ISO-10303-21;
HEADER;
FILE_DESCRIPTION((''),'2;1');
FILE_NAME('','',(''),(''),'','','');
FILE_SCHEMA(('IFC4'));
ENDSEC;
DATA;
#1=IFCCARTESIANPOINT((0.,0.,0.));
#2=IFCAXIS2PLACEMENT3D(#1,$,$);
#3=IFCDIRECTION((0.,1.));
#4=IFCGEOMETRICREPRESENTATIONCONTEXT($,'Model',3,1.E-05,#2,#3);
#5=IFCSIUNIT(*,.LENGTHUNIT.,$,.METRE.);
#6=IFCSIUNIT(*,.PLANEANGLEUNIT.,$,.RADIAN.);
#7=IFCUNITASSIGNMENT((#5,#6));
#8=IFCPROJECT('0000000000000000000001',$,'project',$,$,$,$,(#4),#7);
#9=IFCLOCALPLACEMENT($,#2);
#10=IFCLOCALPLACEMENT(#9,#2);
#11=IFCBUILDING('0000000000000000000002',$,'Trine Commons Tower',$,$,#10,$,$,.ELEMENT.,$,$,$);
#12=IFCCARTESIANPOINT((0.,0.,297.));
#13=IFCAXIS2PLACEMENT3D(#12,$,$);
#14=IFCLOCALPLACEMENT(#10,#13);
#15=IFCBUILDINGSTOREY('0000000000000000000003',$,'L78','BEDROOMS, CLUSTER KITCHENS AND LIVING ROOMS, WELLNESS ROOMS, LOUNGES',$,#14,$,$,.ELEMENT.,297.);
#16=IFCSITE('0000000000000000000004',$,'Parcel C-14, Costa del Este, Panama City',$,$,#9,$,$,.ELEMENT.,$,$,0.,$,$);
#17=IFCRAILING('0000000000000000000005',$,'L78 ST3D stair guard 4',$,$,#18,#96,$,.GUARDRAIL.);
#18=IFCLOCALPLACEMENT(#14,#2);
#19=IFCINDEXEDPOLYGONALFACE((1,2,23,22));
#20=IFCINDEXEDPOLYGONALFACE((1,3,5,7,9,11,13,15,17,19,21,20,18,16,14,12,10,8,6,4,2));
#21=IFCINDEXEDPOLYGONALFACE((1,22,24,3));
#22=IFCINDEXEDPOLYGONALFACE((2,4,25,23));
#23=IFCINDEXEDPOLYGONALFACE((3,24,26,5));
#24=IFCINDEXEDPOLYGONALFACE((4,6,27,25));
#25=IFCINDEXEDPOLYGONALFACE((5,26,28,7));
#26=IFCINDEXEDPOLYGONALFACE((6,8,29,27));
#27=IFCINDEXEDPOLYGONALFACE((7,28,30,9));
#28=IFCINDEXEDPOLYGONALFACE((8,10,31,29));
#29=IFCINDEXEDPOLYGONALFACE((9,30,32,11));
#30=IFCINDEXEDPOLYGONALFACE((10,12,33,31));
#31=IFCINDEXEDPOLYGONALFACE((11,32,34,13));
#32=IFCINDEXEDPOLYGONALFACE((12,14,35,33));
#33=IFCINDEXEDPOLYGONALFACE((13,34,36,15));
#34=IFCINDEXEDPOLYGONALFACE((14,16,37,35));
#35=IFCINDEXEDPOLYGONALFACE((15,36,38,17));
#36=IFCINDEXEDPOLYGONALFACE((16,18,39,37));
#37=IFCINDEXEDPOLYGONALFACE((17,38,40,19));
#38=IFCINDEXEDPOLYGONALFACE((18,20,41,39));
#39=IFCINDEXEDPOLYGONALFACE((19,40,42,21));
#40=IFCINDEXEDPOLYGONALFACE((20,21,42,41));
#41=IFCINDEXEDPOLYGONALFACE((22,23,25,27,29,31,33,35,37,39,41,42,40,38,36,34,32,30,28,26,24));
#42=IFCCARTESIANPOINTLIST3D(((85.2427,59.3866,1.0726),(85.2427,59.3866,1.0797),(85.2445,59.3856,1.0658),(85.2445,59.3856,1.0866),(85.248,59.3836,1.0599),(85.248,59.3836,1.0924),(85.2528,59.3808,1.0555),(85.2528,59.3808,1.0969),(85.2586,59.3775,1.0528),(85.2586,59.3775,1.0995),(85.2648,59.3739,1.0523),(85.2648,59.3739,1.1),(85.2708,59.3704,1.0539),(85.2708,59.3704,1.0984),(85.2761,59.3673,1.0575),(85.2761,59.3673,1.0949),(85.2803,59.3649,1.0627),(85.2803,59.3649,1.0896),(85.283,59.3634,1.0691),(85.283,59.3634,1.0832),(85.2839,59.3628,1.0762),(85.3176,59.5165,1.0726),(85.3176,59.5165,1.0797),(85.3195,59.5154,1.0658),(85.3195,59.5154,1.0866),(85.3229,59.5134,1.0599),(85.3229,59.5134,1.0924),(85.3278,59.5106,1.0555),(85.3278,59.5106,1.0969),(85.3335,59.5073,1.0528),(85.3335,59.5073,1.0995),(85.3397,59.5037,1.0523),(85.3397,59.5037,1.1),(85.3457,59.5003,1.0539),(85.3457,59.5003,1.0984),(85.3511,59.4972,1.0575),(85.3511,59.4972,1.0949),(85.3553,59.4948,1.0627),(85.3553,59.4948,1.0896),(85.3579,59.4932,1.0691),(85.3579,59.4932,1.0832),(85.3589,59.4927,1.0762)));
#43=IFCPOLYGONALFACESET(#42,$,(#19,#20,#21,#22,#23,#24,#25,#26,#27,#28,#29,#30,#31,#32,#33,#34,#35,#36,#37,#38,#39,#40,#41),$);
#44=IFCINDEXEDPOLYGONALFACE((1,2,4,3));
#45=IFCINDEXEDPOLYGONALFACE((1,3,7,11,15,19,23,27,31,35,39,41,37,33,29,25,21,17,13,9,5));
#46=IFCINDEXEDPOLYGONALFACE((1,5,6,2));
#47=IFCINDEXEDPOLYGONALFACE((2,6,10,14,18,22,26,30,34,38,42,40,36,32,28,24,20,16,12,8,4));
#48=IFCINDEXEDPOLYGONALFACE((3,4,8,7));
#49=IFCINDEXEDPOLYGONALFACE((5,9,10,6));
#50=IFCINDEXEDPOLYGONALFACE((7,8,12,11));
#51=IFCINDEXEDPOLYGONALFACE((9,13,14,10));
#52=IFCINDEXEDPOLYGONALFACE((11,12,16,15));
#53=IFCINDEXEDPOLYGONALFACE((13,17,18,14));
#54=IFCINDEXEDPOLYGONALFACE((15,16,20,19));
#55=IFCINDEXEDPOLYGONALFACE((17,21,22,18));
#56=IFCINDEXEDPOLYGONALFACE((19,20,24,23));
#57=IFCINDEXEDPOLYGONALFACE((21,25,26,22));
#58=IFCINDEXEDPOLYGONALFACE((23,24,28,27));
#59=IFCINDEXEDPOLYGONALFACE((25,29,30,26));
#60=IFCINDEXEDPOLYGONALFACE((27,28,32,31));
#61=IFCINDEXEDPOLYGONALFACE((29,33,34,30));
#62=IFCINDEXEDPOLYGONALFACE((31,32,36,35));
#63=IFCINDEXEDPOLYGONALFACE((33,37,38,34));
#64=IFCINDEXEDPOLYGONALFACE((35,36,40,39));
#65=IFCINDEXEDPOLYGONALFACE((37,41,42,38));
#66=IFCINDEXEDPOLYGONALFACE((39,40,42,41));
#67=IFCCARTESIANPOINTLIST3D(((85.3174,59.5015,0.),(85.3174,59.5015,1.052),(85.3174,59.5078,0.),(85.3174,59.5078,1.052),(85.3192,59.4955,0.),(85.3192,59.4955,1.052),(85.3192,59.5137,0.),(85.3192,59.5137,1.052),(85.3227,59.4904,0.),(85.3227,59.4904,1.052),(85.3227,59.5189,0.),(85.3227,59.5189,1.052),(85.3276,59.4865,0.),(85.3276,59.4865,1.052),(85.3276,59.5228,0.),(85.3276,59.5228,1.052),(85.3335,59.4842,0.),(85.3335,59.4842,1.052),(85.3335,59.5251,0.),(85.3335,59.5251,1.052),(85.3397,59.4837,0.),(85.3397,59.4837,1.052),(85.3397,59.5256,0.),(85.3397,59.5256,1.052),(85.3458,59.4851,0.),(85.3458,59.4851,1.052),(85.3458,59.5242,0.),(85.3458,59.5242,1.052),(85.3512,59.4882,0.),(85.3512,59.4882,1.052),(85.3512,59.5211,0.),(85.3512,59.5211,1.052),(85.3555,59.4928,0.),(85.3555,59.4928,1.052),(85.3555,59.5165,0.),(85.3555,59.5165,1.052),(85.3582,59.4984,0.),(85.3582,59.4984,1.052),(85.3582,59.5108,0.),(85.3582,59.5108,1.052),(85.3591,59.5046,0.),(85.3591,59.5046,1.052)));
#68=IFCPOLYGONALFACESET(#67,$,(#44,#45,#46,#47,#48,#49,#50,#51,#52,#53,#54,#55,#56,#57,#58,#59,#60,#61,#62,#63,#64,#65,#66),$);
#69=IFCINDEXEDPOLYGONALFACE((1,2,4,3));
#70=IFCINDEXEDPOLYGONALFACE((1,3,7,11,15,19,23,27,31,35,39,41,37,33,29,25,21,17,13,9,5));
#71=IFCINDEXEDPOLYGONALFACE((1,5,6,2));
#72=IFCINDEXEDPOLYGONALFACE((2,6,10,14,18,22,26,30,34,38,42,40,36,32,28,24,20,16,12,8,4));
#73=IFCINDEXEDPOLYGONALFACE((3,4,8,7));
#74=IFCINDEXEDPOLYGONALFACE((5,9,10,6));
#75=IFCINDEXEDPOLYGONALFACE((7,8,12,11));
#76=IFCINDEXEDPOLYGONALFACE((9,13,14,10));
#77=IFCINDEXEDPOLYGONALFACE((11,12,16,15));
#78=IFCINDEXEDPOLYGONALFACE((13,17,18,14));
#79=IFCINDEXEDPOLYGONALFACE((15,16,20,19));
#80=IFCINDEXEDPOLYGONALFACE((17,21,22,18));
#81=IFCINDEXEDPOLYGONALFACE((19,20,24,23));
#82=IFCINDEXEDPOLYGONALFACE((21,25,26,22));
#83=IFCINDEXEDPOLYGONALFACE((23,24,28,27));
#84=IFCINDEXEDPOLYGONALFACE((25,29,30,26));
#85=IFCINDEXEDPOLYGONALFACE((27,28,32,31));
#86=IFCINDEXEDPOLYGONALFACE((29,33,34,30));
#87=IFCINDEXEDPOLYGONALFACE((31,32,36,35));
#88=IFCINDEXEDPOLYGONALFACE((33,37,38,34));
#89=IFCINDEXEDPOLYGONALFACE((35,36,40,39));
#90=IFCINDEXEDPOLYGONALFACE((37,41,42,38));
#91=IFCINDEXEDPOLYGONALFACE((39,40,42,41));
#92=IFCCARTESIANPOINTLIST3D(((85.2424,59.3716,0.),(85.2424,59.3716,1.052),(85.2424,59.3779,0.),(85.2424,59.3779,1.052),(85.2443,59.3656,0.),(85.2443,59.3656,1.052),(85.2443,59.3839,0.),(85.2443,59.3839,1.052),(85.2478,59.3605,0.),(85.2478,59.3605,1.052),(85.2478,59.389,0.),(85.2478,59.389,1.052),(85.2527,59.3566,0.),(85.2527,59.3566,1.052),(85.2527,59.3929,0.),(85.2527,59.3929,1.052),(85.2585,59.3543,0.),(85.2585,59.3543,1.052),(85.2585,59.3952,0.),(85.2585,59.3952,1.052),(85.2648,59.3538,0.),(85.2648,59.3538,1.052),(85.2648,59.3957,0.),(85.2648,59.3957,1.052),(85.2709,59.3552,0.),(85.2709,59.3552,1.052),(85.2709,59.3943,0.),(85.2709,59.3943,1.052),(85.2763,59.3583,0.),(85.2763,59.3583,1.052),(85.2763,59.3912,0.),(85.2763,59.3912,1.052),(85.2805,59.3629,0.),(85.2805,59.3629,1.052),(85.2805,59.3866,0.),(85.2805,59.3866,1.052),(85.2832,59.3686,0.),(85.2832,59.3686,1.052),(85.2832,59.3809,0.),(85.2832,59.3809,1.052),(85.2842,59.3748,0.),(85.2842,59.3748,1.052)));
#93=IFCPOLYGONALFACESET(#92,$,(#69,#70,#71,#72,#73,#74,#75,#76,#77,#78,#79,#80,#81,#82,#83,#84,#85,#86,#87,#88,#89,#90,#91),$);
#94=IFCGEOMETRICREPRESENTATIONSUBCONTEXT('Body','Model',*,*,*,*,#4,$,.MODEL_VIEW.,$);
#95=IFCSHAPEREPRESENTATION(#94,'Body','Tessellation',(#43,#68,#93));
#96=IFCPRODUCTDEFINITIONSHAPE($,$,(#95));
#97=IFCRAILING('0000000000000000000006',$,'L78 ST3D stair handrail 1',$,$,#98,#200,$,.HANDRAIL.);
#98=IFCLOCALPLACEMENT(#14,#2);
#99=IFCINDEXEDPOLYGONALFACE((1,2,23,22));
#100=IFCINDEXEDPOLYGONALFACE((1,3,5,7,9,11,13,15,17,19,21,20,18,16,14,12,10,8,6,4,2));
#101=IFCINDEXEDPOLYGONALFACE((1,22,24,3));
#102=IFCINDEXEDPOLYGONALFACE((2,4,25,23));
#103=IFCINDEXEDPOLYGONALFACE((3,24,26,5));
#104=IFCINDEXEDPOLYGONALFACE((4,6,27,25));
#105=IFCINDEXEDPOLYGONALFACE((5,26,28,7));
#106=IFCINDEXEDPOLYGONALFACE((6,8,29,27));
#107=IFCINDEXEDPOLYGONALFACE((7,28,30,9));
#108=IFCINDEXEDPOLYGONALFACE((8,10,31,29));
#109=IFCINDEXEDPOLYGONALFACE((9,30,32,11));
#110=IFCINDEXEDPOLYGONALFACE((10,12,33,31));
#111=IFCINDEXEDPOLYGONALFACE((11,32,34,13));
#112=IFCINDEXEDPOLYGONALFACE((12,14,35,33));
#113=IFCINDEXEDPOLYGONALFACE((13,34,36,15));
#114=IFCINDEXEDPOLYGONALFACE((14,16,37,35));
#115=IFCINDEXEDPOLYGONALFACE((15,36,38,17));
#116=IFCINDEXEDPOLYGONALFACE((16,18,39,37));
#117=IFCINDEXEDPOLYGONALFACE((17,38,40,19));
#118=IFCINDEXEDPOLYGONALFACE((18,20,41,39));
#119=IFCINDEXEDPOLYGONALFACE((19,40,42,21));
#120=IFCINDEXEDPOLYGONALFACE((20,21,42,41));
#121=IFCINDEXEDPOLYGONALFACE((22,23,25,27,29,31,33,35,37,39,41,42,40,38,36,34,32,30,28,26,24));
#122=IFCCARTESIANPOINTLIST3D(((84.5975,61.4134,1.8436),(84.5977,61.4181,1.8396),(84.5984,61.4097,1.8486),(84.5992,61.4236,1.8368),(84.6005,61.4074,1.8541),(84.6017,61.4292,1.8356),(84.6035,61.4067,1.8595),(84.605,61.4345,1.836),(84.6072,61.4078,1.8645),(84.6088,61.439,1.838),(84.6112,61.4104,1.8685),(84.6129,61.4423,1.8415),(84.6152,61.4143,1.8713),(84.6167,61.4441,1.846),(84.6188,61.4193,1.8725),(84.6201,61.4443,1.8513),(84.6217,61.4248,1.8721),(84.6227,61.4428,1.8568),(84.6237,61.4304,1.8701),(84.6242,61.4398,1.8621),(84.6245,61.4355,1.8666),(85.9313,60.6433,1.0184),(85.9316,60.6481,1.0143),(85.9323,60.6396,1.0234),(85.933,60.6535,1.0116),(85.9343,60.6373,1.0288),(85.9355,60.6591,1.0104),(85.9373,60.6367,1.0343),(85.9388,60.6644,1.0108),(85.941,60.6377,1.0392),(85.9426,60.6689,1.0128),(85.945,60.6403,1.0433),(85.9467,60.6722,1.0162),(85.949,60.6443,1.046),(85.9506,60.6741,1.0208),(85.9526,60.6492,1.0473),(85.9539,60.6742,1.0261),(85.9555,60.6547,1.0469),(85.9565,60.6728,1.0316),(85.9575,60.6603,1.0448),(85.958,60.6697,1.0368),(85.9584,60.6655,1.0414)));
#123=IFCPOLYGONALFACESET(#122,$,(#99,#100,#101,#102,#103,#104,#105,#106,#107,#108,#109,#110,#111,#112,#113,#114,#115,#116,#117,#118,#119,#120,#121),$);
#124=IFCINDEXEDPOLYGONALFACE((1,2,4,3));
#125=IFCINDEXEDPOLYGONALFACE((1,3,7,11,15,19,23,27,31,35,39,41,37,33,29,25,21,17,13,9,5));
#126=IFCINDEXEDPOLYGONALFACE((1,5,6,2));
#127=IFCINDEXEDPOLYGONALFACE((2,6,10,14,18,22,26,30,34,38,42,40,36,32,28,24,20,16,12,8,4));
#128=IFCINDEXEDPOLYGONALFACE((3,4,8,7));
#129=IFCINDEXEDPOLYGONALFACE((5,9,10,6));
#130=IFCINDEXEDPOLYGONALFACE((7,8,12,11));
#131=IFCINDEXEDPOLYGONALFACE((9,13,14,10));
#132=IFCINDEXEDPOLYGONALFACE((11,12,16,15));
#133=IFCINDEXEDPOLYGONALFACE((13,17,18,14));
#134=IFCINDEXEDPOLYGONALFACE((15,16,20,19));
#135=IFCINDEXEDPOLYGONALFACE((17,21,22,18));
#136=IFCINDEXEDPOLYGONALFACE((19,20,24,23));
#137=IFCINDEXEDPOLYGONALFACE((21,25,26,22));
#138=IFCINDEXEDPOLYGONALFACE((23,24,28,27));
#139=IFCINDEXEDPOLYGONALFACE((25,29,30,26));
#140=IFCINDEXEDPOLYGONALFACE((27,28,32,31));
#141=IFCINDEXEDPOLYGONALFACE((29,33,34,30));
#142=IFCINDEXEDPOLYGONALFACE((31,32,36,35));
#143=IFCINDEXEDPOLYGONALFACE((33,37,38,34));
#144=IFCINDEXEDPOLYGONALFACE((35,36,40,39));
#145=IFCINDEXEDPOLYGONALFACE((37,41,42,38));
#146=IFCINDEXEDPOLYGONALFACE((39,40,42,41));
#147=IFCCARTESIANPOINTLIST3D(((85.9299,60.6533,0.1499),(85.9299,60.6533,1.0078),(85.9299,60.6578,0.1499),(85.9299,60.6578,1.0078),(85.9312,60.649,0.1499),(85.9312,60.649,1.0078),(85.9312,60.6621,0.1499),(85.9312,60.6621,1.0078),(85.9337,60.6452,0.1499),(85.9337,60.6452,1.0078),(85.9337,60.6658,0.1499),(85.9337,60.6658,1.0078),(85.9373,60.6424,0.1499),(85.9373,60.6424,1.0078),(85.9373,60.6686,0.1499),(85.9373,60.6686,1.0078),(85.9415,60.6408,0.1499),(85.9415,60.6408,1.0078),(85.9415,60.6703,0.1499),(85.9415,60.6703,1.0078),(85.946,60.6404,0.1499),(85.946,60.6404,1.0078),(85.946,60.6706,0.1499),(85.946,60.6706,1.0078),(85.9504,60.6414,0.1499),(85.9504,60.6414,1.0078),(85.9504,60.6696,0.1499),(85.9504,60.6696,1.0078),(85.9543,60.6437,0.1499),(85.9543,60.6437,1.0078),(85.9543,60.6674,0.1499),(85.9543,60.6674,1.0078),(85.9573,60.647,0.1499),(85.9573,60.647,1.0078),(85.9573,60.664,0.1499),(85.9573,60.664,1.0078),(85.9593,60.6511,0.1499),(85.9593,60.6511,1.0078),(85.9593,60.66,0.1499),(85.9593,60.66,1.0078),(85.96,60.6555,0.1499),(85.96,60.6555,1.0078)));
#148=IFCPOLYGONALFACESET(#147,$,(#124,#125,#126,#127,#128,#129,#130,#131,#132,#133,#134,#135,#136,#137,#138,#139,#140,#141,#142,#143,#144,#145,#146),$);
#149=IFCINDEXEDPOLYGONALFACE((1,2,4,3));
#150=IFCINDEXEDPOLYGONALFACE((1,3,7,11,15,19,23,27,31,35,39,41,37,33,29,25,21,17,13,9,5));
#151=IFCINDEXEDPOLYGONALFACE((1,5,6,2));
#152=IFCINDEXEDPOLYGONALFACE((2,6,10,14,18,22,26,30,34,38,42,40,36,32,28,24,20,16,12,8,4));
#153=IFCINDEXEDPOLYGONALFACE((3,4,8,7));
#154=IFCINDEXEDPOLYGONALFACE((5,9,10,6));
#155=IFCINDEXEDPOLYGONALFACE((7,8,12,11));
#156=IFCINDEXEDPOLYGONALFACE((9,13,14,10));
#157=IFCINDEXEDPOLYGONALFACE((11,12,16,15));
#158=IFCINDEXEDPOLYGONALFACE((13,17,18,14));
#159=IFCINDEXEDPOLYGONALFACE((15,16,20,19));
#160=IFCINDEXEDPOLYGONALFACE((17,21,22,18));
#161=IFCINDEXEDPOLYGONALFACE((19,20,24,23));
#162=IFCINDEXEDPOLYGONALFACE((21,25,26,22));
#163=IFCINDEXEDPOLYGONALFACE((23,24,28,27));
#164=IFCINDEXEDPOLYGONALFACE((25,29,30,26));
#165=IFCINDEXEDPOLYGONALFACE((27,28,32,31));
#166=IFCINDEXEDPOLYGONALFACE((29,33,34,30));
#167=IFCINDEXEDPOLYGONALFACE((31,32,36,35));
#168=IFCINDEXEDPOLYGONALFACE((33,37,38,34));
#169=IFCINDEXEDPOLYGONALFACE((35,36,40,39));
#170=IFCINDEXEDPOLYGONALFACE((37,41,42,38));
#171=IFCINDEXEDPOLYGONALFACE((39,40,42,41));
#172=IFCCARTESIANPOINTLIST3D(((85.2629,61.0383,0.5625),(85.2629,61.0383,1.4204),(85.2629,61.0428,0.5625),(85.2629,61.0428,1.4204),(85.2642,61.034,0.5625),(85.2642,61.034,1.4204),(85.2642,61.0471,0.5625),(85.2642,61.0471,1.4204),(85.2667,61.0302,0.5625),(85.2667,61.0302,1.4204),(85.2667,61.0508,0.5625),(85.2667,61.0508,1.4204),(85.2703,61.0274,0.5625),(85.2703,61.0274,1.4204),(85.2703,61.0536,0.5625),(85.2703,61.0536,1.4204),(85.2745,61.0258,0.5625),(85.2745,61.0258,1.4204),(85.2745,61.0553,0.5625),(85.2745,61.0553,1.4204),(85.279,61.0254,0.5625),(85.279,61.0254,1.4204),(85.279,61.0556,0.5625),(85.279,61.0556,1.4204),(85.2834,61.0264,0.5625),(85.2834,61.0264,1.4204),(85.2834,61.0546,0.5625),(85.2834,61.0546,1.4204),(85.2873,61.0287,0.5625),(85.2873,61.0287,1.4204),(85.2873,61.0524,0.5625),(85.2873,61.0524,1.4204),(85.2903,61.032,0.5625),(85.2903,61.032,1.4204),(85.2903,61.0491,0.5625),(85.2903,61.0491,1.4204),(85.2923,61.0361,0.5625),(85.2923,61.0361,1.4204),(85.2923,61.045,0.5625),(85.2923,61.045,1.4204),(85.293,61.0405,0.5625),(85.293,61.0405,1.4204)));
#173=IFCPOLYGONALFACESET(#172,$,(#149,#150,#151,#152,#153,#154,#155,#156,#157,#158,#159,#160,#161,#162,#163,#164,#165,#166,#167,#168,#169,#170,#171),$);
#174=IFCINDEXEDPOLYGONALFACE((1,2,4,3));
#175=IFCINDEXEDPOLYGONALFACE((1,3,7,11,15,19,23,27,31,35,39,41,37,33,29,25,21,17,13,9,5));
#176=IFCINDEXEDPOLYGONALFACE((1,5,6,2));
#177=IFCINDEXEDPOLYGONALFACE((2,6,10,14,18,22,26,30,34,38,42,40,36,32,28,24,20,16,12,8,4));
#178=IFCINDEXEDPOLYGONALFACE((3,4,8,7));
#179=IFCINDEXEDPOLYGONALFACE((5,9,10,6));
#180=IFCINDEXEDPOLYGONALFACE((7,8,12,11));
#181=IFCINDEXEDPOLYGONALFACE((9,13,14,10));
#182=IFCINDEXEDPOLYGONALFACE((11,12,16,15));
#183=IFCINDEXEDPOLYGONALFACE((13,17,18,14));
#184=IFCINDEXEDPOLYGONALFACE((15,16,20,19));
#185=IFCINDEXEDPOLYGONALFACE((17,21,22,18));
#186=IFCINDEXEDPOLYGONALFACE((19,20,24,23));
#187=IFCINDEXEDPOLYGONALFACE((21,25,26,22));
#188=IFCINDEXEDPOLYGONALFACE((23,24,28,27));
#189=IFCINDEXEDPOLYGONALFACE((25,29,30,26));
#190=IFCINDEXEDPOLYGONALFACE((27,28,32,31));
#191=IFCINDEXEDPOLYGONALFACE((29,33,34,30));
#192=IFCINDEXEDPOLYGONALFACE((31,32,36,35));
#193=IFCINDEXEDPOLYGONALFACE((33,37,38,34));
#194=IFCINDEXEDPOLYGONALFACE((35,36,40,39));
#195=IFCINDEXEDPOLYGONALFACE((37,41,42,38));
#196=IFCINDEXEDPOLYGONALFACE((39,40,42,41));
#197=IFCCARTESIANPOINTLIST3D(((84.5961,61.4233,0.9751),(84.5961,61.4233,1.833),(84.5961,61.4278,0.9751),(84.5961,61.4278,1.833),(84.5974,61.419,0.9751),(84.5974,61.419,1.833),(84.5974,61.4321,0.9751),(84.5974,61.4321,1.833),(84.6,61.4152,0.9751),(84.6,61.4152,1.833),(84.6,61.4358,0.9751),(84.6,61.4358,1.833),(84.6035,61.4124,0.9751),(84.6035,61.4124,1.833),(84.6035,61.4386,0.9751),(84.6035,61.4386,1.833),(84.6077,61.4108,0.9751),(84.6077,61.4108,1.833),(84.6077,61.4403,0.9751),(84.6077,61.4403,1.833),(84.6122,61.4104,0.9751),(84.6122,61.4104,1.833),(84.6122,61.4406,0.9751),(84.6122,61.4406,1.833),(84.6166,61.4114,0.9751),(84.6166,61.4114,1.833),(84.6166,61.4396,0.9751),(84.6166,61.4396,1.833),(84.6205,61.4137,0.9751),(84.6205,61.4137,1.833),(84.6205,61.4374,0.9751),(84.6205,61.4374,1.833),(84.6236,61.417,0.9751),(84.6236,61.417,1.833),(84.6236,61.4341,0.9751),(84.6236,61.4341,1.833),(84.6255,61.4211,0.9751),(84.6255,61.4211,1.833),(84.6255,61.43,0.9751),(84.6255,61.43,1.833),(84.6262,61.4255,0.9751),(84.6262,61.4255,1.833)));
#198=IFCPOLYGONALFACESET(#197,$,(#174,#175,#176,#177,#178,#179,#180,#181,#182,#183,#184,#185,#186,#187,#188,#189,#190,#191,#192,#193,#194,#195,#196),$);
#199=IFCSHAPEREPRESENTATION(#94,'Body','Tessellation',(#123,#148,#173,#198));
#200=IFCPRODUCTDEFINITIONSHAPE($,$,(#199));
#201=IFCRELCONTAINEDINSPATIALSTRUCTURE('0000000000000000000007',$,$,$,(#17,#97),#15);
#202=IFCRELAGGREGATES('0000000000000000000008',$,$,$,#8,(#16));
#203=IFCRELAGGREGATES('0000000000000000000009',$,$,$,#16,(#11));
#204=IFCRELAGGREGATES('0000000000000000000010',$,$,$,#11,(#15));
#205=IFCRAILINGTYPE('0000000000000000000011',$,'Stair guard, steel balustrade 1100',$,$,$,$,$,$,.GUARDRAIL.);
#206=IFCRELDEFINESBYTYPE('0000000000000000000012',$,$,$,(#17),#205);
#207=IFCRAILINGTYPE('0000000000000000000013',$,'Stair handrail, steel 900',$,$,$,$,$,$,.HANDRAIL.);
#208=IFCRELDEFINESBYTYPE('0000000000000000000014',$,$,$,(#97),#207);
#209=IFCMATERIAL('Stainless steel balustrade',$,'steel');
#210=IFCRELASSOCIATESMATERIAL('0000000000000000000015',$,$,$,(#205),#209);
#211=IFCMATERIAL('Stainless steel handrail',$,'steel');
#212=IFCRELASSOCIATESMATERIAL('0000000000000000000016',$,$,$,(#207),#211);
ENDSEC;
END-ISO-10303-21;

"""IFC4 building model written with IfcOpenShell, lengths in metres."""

from ifc_helpers import new_model, si_unit, direction, frame, origin, origin_2d, place, context, subcontext, project, spatial, circle, extrude, material, type_object, element, save


model = new_model("IFC4")

# Units and contexts
model_context = context("Model", 3, precision=1e-05, world=origin(), true_north=direction((0.0, 1.0)))
body_context = subcontext(model_context, "Body", "Model", "MODEL_VIEW")
ifc_project = project(units=[si_unit("LENGTHUNIT", "METRE"), si_unit("PLANEANGLEUNIT", "RADIAN")], contexts=[model_context])

# Site, building, storey
site_placement = place(None, origin())
site = spatial("IfcSite", under=ifc_project, at=site_placement, Name="Parcel C-14, Costa del Este, Panama City", CompositionType="ELEMENT", RefElevation=0.0)
building_placement = place(site_placement, origin())
building = spatial("IfcBuilding", under=site, at=building_placement, Name="Trine Commons Tower", CompositionType="ELEMENT")
storey_placement = place(building_placement, frame((0.0, 0.0, 297.0)))
storey = spatial("IfcBuildingStorey", under=building, at=storey_placement, Name="L78", Description="BEDROOMS, CLUSTER KITCHENS AND LIVING ROOMS, WELLNESS ROOMS, LOUNGES", CompositionType="ELEMENT", Elevation=297.0)

# Railings
ifc_material_1 = material(Name="Stainless steel balustrade", Category="steel")
railing_type_1 = type_object("IfcRailingType", Name="Stair guard, steel balustrade 1100", PredefinedType="GUARDRAIL", material=ifc_material_1)
railing_1_placement = place(storey_placement, frame((85.3381, 59.5046, 0.0)))
element("IfcRailing", 1, at=railing_1_placement, inside=storey, type_object=railing_type_1, Name="L78 ST3D stair guard 4", PredefinedType="GUARDRAIL", context=body_context, shape_type="SweptSolid", body=[
    extrude(circle(Radius=0.0239, at=origin_2d()), frame((0.0, 0.0, 1.0762), z_axis=(-0.499816, -0.866131, 0.0), x_axis=(0.866131, -0.499816, 0.0)), (0.0, 0.0, 1.0), 0.1499),
    extrude(circle(Radius=0.021, at=origin_2d()), origin(), (0.0, 0.0, 1.0), 1.052),
    extrude(circle(Radius=0.021, at=origin_2d()), frame((-0.075, -0.1299, 0.0)), (0.0, 0.0, 1.0), 1.052),
])
ifc_material_2 = material(Name="Stainless steel handrail", Category="steel")
railing_type_2 = type_object("IfcRailingType", Name="Stair handrail, steel 900", PredefinedType="HANDRAIL", material=ifc_material_2)
railing_2_placement = place(storey_placement, frame((85.9448, 60.6555, 0.1499)))
element("IfcRailing", 2, at=railing_2_placement, inside=storey, type_object=railing_type_2, Name="L78 ST3D stair handrail 1", PredefinedType="HANDRAIL", context=body_context, shape_type="SweptSolid", body=[
    extrude(circle(Radius=0.021, at=origin_2d()), frame((0.0, 0.0, 0.8789), z_axis=(-0.763355, 0.440714, 0.472293), x_axis=(-0.499992, -0.86603, 0.0)), (0.0, 0.0, 1.0), 1.7473),
    extrude(circle(Radius=0.0151, at=origin_2d()), origin(), (0.0, 0.0, 1.0), 0.8579),
    extrude(circle(Radius=0.0151, at=origin_2d()), frame((-0.667, 0.385, 0.4126)), (0.0, 0.0, 1.0), 0.8579),
    extrude(circle(Radius=0.0151, at=origin_2d()), frame((-1.3337, 0.77, 0.8252)), (0.0, 0.0, 1.0), 0.8579),
])

save(model, "model.ifc")
